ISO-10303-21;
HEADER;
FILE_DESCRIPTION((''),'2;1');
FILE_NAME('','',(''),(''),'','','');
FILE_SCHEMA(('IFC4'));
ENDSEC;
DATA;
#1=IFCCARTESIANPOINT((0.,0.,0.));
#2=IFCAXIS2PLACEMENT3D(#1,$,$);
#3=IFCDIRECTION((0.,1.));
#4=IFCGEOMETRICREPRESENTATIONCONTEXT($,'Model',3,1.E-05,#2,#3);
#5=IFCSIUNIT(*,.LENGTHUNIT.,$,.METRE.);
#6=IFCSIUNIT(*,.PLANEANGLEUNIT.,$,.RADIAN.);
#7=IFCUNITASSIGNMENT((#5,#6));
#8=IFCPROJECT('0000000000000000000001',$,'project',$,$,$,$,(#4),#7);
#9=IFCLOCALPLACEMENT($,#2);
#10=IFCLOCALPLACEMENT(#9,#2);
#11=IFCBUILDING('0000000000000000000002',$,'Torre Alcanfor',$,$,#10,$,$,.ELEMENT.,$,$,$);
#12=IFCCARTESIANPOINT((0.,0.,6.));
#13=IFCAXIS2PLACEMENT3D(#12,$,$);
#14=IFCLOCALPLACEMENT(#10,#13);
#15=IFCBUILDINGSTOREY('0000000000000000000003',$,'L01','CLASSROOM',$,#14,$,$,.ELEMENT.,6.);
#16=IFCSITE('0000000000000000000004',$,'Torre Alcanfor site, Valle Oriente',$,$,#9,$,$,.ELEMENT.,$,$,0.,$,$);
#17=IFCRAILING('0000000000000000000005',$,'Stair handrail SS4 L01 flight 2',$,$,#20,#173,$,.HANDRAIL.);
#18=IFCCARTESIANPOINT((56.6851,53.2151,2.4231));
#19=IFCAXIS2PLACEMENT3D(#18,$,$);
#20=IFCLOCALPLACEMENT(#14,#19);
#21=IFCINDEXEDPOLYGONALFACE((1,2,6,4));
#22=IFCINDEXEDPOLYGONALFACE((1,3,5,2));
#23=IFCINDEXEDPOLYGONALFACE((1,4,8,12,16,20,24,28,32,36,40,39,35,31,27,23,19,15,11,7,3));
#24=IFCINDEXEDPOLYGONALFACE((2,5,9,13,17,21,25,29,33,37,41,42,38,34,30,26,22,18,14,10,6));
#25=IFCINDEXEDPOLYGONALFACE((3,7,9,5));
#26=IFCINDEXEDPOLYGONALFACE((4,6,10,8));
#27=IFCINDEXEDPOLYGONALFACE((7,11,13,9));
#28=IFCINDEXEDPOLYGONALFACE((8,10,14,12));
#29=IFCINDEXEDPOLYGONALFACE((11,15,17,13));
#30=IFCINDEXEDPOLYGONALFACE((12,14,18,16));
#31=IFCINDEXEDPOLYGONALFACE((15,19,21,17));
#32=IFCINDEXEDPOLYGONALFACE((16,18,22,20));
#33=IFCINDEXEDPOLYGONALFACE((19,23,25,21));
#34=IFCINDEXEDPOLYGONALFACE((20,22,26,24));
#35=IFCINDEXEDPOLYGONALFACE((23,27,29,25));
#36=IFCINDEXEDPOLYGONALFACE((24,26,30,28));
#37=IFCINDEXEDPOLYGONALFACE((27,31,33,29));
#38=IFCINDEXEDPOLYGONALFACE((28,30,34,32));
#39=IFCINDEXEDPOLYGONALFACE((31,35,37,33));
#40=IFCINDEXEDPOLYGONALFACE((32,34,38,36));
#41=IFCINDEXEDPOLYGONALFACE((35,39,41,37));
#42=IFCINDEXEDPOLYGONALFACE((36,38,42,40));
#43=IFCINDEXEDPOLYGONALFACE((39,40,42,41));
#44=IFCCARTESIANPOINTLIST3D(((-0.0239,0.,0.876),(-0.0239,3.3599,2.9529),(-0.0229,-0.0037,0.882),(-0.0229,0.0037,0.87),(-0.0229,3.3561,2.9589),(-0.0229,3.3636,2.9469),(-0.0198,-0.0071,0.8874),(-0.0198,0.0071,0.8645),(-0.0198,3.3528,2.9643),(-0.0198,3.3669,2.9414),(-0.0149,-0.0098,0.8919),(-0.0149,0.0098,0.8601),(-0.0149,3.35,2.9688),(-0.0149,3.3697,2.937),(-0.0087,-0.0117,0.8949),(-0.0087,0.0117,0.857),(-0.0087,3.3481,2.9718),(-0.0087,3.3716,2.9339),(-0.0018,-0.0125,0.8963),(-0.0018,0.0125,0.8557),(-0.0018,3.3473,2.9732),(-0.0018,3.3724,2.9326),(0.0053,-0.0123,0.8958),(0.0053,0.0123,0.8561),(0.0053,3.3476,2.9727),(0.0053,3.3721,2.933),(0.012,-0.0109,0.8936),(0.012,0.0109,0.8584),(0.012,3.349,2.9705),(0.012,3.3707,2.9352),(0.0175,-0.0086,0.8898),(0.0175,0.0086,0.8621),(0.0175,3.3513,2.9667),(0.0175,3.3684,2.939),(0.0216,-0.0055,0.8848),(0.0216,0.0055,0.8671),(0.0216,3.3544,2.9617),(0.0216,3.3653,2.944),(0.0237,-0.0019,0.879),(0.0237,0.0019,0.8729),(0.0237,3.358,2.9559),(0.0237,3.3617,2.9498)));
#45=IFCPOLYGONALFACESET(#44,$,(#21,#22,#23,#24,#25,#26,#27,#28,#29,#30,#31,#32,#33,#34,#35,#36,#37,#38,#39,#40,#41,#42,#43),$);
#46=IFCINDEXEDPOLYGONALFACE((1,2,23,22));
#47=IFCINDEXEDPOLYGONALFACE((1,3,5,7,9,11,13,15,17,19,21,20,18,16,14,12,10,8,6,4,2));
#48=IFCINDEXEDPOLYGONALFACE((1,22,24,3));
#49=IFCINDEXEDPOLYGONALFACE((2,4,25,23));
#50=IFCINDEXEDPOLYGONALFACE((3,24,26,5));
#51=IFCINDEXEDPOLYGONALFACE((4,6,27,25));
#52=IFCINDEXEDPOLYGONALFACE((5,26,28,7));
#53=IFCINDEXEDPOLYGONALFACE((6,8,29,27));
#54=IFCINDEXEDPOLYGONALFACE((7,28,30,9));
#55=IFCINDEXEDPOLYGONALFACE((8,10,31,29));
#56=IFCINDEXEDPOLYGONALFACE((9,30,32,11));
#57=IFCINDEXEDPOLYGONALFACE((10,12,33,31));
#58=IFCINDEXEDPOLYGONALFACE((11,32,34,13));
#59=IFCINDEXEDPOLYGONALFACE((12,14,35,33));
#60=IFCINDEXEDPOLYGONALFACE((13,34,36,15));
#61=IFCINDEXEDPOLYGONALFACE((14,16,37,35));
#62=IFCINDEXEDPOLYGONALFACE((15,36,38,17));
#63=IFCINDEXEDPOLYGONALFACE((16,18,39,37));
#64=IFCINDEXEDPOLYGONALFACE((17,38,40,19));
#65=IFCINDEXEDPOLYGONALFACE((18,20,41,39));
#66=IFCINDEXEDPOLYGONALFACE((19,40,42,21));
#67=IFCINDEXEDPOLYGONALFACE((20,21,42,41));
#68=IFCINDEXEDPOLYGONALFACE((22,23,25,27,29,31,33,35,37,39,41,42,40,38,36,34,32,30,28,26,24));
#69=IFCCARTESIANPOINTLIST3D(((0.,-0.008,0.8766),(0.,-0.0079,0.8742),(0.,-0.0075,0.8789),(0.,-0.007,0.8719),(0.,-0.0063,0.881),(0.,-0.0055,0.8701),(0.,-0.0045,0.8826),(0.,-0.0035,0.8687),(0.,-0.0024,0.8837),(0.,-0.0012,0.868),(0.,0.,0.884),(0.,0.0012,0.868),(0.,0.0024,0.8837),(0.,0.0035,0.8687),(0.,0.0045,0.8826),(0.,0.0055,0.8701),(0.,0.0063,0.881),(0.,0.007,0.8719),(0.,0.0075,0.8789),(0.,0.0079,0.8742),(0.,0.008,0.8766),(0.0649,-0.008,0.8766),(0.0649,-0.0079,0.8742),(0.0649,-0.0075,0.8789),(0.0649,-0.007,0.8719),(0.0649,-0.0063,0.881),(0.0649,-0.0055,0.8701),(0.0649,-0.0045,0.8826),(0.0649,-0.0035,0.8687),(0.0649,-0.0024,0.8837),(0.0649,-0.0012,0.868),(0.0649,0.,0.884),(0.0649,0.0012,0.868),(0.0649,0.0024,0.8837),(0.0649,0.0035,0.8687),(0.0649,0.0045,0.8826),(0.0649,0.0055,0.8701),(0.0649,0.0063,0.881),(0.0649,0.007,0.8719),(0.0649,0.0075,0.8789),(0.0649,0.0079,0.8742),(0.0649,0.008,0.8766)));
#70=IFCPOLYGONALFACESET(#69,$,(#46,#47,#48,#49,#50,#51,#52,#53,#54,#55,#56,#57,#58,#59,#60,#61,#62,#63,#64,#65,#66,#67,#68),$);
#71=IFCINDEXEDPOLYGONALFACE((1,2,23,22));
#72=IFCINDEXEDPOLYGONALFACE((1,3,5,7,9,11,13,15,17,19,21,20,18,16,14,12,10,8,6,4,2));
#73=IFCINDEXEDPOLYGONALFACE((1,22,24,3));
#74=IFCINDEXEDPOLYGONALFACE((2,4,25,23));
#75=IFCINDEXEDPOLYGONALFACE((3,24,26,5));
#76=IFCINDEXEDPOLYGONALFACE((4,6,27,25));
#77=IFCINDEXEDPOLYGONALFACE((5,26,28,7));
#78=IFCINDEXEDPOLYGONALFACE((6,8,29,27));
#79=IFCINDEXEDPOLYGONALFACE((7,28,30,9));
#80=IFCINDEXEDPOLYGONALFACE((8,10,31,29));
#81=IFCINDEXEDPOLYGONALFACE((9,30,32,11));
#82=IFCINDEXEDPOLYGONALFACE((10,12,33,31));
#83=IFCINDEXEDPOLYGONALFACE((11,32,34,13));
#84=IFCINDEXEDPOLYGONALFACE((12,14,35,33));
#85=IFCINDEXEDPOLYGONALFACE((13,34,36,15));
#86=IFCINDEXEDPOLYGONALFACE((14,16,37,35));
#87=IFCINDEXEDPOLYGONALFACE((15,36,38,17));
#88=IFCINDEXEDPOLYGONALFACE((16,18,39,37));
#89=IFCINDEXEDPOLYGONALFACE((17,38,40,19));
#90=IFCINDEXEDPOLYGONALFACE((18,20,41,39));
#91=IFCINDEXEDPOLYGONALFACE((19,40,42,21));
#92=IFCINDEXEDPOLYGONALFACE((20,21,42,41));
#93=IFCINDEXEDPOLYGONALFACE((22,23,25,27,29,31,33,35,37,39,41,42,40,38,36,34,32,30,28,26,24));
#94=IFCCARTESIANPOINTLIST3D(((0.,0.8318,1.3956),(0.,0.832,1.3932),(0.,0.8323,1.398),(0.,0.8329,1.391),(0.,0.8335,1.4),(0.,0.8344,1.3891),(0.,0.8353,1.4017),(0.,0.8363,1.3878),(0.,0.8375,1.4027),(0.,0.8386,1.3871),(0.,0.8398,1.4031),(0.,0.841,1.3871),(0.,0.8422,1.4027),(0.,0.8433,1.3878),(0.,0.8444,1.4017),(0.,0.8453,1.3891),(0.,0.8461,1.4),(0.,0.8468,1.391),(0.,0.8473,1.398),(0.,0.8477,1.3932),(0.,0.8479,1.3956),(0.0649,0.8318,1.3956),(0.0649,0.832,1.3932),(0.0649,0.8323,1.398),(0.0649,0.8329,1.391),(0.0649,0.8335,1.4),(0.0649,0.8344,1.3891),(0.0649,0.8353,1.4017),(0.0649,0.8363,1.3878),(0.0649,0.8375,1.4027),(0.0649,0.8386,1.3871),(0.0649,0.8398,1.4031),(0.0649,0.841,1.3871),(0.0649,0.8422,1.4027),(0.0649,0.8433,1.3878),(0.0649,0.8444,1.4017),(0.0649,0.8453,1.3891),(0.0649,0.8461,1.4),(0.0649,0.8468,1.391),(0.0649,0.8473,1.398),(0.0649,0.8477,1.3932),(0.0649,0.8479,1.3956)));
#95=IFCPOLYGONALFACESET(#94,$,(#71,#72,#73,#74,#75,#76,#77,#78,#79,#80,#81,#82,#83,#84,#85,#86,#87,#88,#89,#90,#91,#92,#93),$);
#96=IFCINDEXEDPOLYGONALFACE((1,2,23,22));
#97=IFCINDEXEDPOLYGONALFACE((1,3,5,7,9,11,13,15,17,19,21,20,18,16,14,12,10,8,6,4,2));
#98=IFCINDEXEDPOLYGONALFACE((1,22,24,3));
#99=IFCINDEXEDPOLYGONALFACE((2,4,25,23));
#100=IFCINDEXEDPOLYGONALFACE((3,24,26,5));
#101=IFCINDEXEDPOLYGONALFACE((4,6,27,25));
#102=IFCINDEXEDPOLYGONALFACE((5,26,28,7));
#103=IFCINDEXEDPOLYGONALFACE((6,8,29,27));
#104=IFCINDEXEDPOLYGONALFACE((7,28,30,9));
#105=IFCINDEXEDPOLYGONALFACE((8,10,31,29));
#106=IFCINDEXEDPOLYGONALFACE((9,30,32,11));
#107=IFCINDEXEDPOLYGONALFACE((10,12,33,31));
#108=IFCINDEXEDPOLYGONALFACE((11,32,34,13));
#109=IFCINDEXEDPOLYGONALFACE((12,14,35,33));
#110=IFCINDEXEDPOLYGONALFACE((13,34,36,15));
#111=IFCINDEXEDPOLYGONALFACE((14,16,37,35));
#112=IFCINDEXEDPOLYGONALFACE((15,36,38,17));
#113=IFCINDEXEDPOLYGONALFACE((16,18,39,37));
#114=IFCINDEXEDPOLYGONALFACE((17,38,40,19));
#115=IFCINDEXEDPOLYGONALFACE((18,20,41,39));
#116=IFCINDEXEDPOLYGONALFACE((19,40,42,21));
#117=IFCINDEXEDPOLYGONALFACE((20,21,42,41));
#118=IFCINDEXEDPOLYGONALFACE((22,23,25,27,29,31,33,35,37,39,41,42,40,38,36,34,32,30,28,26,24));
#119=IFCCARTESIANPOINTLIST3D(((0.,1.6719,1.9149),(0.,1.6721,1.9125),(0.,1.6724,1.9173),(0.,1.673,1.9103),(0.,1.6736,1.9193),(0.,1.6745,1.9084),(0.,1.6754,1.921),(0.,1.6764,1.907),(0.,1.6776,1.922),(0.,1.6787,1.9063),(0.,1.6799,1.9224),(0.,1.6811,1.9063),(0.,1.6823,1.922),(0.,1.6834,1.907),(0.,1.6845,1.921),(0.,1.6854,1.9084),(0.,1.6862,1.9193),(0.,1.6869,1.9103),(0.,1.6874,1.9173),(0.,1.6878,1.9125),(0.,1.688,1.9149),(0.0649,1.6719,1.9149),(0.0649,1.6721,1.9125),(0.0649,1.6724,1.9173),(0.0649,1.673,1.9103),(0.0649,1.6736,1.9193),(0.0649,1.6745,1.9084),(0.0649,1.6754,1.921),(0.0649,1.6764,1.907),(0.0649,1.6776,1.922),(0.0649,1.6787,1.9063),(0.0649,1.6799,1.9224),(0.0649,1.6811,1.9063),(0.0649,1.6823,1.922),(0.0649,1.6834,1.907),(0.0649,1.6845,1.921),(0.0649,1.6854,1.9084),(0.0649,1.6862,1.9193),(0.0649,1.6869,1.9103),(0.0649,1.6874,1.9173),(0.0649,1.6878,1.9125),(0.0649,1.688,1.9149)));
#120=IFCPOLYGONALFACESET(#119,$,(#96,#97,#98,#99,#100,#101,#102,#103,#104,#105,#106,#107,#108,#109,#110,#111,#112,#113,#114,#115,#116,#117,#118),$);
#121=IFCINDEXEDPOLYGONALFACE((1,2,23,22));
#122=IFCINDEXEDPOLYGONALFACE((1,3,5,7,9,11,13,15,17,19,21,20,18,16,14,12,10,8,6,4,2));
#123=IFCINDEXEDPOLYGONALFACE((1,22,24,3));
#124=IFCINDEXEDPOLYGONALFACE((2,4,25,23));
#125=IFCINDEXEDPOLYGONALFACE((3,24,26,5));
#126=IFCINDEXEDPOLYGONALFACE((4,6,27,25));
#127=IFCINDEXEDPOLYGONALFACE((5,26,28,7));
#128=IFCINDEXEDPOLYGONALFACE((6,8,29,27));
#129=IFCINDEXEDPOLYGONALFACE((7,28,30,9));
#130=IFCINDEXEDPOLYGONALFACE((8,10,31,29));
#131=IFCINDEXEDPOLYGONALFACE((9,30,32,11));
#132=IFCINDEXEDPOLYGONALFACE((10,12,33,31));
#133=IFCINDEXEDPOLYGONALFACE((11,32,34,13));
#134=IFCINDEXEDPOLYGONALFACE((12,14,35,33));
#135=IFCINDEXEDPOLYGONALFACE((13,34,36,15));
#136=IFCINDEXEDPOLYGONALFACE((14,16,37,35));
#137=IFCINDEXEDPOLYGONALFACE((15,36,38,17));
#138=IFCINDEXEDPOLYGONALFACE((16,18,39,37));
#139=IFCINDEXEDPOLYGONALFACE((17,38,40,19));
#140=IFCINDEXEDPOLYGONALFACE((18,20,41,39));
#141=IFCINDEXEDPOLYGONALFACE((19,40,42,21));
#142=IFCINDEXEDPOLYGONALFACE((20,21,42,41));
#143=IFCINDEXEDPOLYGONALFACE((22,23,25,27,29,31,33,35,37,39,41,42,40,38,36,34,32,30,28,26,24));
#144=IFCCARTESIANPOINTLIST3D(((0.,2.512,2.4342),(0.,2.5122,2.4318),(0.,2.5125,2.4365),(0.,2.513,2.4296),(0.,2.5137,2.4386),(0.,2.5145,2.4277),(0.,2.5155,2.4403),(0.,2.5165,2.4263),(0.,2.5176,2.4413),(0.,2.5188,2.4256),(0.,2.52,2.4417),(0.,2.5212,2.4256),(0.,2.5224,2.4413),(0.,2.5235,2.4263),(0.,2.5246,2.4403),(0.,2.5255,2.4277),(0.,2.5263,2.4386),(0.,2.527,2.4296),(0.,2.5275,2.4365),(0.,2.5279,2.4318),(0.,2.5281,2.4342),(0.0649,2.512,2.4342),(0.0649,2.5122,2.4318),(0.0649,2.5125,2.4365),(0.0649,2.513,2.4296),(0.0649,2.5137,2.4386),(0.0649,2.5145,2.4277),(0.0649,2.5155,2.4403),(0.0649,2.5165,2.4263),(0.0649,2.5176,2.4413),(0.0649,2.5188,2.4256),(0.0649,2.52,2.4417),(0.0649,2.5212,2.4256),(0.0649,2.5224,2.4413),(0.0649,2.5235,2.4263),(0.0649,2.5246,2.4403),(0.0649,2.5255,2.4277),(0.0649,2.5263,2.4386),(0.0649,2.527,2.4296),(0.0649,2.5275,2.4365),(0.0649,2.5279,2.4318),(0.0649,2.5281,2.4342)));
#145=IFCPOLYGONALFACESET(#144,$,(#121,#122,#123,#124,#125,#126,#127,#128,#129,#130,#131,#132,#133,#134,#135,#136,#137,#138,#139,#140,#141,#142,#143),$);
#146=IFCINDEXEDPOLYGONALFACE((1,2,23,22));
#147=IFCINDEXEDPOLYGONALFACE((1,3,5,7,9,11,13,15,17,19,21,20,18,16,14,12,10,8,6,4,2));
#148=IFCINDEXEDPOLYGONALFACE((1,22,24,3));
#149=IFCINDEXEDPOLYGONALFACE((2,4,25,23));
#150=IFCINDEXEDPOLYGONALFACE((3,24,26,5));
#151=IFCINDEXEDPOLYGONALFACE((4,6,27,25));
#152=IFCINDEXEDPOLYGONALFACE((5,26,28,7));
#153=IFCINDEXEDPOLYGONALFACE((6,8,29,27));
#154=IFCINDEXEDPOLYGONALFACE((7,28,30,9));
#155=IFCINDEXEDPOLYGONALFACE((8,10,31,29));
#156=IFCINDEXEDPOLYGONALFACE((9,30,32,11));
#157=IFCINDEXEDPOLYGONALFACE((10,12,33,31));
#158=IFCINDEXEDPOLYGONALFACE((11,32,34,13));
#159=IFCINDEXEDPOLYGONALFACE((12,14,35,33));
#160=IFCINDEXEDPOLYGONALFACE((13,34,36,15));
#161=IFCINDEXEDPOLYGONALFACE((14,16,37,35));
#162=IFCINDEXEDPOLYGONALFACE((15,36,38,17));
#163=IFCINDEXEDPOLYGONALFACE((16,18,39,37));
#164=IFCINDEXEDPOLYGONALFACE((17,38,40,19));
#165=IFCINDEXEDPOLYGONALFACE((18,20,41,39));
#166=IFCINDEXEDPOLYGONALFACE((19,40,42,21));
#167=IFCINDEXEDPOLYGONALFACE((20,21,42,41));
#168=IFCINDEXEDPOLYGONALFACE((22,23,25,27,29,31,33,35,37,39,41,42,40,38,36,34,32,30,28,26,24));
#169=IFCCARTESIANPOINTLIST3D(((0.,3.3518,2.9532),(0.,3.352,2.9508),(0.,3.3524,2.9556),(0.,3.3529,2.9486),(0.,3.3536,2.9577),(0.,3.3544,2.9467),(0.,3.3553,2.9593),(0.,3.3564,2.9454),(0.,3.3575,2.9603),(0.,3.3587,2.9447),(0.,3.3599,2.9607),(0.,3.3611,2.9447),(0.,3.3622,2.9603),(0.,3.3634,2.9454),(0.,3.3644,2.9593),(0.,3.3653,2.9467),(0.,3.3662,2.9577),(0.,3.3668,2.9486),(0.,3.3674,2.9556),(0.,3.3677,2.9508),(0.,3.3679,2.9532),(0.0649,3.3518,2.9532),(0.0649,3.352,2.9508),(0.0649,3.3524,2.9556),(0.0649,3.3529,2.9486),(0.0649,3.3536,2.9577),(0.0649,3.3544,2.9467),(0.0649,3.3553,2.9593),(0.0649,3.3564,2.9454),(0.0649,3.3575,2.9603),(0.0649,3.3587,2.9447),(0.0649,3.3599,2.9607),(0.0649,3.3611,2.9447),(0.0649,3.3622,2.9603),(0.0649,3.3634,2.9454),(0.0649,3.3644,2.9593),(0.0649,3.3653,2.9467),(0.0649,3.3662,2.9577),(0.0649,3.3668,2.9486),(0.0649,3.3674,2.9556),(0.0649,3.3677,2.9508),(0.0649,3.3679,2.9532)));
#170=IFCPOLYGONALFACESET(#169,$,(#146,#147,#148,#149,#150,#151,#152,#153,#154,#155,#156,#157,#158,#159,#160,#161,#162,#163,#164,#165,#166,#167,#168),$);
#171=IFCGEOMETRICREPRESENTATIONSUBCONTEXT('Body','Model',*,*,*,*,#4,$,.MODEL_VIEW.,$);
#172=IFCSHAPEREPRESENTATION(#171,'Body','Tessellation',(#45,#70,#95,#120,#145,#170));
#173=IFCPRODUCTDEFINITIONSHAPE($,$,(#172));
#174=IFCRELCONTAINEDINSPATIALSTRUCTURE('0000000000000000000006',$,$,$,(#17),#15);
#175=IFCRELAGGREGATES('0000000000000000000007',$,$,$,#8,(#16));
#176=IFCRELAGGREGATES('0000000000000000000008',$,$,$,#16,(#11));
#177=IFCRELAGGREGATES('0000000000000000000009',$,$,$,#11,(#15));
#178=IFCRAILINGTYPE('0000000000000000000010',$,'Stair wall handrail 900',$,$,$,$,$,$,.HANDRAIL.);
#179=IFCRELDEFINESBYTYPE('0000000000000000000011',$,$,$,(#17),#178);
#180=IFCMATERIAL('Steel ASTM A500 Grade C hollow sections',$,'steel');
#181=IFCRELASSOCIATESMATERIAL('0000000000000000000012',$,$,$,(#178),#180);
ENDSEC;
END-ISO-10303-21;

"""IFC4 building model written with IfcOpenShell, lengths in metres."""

from ifc_helpers import new_model, si_unit, direction, frame, origin, origin_2d, place, context, subcontext, project, spatial, circle, extrude, material, type_object, element, save


model = new_model("IFC4")

# Units and contexts
model_context = context("Model", 3, precision=1e-05, world=origin(), true_north=direction((0.0, 1.0)))
body_context = subcontext(model_context, "Body", "Model", "MODEL_VIEW")
ifc_project = project(units=[si_unit("LENGTHUNIT", "METRE"), si_unit("PLANEANGLEUNIT", "RADIAN")], contexts=[model_context])

# Site, building, storey
site_placement = place(None, origin())
site = spatial("IfcSite", under=ifc_project, at=site_placement, Name="Torre Alcanfor site, Valle Oriente", CompositionType="ELEMENT", RefElevation=0.0)
building_placement = place(site_placement, origin())
building = spatial("IfcBuilding", under=site, at=building_placement, Name="Torre Alcanfor", CompositionType="ELEMENT")
storey_placement = place(building_placement, frame((0.0, 0.0, 6.0)))
storey = spatial("IfcBuildingStorey", under=building, at=storey_placement, Name="L01", Description="CLASSROOM", CompositionType="ELEMENT", Elevation=6.0)

# Railing
ifc_material_1 = material(Name="Steel ASTM A500 Grade C hollow sections", Category="steel")
railing_type_1 = type_object("IfcRailingType", Name="Stair wall handrail 900", PredefinedType="HANDRAIL", material=ifc_material_1)
railing_1_placement = place(storey_placement, frame((56.6851, 53.2151, 2.4231)))
element("IfcRailing", 1, at=railing_1_placement, inside=storey, type_object=railing_type_1, Name="Stair handrail SS4 L01 flight 2", PredefinedType="HANDRAIL", context=body_context, shape_type="SweptSolid", body=[
    extrude(circle(Radius=0.0239, at=origin_2d()), frame((0.0, 0.0, 0.876), z_axis=(0.0, 0.850606, 0.525803), x_axis=(-1.0, 0.0, 0.0)), (0.0, 0.0, 1.0), 3.95),
    extrude(circle(Radius=0.0081, at=origin_2d()), frame((0.0, 0.0, 0.876), z_axis=(1.0, 0.0, 0.0), x_axis=(0.0, 0.0, 1.0)), (0.0, 0.0, 1.0), 0.0649),
    extrude(circle(Radius=0.0081, at=origin_2d()), frame((0.0, 0.8398, 1.395), z_axis=(1.0, 0.0, 0.0), x_axis=(0.0, 0.0, 1.0)), (0.0, 0.0, 1.0), 0.0649),
    extrude(circle(Radius=0.0081, at=origin_2d()), frame((0.0, 1.6799, 1.9143), z_axis=(1.0, 0.0, 0.0), x_axis=(0.0, 0.0, 1.0)), (0.0, 0.0, 1.0), 0.0649),
    extrude(circle(Radius=0.0081, at=origin_2d()), frame((0.0, 2.52, 2.4336), z_axis=(1.0, 0.0, 0.0), x_axis=(0.0, 0.0, 1.0)), (0.0, 0.0, 1.0), 0.0649),
    extrude(circle(Radius=0.0081, at=origin_2d()), frame((0.0, 3.3599, 2.9526), z_axis=(1.0, 0.0, 0.0), x_axis=(0.0, 0.0, 1.0)), (0.0, 0.0, 1.0), 0.0649),
])

save(model, "model.ifc")
